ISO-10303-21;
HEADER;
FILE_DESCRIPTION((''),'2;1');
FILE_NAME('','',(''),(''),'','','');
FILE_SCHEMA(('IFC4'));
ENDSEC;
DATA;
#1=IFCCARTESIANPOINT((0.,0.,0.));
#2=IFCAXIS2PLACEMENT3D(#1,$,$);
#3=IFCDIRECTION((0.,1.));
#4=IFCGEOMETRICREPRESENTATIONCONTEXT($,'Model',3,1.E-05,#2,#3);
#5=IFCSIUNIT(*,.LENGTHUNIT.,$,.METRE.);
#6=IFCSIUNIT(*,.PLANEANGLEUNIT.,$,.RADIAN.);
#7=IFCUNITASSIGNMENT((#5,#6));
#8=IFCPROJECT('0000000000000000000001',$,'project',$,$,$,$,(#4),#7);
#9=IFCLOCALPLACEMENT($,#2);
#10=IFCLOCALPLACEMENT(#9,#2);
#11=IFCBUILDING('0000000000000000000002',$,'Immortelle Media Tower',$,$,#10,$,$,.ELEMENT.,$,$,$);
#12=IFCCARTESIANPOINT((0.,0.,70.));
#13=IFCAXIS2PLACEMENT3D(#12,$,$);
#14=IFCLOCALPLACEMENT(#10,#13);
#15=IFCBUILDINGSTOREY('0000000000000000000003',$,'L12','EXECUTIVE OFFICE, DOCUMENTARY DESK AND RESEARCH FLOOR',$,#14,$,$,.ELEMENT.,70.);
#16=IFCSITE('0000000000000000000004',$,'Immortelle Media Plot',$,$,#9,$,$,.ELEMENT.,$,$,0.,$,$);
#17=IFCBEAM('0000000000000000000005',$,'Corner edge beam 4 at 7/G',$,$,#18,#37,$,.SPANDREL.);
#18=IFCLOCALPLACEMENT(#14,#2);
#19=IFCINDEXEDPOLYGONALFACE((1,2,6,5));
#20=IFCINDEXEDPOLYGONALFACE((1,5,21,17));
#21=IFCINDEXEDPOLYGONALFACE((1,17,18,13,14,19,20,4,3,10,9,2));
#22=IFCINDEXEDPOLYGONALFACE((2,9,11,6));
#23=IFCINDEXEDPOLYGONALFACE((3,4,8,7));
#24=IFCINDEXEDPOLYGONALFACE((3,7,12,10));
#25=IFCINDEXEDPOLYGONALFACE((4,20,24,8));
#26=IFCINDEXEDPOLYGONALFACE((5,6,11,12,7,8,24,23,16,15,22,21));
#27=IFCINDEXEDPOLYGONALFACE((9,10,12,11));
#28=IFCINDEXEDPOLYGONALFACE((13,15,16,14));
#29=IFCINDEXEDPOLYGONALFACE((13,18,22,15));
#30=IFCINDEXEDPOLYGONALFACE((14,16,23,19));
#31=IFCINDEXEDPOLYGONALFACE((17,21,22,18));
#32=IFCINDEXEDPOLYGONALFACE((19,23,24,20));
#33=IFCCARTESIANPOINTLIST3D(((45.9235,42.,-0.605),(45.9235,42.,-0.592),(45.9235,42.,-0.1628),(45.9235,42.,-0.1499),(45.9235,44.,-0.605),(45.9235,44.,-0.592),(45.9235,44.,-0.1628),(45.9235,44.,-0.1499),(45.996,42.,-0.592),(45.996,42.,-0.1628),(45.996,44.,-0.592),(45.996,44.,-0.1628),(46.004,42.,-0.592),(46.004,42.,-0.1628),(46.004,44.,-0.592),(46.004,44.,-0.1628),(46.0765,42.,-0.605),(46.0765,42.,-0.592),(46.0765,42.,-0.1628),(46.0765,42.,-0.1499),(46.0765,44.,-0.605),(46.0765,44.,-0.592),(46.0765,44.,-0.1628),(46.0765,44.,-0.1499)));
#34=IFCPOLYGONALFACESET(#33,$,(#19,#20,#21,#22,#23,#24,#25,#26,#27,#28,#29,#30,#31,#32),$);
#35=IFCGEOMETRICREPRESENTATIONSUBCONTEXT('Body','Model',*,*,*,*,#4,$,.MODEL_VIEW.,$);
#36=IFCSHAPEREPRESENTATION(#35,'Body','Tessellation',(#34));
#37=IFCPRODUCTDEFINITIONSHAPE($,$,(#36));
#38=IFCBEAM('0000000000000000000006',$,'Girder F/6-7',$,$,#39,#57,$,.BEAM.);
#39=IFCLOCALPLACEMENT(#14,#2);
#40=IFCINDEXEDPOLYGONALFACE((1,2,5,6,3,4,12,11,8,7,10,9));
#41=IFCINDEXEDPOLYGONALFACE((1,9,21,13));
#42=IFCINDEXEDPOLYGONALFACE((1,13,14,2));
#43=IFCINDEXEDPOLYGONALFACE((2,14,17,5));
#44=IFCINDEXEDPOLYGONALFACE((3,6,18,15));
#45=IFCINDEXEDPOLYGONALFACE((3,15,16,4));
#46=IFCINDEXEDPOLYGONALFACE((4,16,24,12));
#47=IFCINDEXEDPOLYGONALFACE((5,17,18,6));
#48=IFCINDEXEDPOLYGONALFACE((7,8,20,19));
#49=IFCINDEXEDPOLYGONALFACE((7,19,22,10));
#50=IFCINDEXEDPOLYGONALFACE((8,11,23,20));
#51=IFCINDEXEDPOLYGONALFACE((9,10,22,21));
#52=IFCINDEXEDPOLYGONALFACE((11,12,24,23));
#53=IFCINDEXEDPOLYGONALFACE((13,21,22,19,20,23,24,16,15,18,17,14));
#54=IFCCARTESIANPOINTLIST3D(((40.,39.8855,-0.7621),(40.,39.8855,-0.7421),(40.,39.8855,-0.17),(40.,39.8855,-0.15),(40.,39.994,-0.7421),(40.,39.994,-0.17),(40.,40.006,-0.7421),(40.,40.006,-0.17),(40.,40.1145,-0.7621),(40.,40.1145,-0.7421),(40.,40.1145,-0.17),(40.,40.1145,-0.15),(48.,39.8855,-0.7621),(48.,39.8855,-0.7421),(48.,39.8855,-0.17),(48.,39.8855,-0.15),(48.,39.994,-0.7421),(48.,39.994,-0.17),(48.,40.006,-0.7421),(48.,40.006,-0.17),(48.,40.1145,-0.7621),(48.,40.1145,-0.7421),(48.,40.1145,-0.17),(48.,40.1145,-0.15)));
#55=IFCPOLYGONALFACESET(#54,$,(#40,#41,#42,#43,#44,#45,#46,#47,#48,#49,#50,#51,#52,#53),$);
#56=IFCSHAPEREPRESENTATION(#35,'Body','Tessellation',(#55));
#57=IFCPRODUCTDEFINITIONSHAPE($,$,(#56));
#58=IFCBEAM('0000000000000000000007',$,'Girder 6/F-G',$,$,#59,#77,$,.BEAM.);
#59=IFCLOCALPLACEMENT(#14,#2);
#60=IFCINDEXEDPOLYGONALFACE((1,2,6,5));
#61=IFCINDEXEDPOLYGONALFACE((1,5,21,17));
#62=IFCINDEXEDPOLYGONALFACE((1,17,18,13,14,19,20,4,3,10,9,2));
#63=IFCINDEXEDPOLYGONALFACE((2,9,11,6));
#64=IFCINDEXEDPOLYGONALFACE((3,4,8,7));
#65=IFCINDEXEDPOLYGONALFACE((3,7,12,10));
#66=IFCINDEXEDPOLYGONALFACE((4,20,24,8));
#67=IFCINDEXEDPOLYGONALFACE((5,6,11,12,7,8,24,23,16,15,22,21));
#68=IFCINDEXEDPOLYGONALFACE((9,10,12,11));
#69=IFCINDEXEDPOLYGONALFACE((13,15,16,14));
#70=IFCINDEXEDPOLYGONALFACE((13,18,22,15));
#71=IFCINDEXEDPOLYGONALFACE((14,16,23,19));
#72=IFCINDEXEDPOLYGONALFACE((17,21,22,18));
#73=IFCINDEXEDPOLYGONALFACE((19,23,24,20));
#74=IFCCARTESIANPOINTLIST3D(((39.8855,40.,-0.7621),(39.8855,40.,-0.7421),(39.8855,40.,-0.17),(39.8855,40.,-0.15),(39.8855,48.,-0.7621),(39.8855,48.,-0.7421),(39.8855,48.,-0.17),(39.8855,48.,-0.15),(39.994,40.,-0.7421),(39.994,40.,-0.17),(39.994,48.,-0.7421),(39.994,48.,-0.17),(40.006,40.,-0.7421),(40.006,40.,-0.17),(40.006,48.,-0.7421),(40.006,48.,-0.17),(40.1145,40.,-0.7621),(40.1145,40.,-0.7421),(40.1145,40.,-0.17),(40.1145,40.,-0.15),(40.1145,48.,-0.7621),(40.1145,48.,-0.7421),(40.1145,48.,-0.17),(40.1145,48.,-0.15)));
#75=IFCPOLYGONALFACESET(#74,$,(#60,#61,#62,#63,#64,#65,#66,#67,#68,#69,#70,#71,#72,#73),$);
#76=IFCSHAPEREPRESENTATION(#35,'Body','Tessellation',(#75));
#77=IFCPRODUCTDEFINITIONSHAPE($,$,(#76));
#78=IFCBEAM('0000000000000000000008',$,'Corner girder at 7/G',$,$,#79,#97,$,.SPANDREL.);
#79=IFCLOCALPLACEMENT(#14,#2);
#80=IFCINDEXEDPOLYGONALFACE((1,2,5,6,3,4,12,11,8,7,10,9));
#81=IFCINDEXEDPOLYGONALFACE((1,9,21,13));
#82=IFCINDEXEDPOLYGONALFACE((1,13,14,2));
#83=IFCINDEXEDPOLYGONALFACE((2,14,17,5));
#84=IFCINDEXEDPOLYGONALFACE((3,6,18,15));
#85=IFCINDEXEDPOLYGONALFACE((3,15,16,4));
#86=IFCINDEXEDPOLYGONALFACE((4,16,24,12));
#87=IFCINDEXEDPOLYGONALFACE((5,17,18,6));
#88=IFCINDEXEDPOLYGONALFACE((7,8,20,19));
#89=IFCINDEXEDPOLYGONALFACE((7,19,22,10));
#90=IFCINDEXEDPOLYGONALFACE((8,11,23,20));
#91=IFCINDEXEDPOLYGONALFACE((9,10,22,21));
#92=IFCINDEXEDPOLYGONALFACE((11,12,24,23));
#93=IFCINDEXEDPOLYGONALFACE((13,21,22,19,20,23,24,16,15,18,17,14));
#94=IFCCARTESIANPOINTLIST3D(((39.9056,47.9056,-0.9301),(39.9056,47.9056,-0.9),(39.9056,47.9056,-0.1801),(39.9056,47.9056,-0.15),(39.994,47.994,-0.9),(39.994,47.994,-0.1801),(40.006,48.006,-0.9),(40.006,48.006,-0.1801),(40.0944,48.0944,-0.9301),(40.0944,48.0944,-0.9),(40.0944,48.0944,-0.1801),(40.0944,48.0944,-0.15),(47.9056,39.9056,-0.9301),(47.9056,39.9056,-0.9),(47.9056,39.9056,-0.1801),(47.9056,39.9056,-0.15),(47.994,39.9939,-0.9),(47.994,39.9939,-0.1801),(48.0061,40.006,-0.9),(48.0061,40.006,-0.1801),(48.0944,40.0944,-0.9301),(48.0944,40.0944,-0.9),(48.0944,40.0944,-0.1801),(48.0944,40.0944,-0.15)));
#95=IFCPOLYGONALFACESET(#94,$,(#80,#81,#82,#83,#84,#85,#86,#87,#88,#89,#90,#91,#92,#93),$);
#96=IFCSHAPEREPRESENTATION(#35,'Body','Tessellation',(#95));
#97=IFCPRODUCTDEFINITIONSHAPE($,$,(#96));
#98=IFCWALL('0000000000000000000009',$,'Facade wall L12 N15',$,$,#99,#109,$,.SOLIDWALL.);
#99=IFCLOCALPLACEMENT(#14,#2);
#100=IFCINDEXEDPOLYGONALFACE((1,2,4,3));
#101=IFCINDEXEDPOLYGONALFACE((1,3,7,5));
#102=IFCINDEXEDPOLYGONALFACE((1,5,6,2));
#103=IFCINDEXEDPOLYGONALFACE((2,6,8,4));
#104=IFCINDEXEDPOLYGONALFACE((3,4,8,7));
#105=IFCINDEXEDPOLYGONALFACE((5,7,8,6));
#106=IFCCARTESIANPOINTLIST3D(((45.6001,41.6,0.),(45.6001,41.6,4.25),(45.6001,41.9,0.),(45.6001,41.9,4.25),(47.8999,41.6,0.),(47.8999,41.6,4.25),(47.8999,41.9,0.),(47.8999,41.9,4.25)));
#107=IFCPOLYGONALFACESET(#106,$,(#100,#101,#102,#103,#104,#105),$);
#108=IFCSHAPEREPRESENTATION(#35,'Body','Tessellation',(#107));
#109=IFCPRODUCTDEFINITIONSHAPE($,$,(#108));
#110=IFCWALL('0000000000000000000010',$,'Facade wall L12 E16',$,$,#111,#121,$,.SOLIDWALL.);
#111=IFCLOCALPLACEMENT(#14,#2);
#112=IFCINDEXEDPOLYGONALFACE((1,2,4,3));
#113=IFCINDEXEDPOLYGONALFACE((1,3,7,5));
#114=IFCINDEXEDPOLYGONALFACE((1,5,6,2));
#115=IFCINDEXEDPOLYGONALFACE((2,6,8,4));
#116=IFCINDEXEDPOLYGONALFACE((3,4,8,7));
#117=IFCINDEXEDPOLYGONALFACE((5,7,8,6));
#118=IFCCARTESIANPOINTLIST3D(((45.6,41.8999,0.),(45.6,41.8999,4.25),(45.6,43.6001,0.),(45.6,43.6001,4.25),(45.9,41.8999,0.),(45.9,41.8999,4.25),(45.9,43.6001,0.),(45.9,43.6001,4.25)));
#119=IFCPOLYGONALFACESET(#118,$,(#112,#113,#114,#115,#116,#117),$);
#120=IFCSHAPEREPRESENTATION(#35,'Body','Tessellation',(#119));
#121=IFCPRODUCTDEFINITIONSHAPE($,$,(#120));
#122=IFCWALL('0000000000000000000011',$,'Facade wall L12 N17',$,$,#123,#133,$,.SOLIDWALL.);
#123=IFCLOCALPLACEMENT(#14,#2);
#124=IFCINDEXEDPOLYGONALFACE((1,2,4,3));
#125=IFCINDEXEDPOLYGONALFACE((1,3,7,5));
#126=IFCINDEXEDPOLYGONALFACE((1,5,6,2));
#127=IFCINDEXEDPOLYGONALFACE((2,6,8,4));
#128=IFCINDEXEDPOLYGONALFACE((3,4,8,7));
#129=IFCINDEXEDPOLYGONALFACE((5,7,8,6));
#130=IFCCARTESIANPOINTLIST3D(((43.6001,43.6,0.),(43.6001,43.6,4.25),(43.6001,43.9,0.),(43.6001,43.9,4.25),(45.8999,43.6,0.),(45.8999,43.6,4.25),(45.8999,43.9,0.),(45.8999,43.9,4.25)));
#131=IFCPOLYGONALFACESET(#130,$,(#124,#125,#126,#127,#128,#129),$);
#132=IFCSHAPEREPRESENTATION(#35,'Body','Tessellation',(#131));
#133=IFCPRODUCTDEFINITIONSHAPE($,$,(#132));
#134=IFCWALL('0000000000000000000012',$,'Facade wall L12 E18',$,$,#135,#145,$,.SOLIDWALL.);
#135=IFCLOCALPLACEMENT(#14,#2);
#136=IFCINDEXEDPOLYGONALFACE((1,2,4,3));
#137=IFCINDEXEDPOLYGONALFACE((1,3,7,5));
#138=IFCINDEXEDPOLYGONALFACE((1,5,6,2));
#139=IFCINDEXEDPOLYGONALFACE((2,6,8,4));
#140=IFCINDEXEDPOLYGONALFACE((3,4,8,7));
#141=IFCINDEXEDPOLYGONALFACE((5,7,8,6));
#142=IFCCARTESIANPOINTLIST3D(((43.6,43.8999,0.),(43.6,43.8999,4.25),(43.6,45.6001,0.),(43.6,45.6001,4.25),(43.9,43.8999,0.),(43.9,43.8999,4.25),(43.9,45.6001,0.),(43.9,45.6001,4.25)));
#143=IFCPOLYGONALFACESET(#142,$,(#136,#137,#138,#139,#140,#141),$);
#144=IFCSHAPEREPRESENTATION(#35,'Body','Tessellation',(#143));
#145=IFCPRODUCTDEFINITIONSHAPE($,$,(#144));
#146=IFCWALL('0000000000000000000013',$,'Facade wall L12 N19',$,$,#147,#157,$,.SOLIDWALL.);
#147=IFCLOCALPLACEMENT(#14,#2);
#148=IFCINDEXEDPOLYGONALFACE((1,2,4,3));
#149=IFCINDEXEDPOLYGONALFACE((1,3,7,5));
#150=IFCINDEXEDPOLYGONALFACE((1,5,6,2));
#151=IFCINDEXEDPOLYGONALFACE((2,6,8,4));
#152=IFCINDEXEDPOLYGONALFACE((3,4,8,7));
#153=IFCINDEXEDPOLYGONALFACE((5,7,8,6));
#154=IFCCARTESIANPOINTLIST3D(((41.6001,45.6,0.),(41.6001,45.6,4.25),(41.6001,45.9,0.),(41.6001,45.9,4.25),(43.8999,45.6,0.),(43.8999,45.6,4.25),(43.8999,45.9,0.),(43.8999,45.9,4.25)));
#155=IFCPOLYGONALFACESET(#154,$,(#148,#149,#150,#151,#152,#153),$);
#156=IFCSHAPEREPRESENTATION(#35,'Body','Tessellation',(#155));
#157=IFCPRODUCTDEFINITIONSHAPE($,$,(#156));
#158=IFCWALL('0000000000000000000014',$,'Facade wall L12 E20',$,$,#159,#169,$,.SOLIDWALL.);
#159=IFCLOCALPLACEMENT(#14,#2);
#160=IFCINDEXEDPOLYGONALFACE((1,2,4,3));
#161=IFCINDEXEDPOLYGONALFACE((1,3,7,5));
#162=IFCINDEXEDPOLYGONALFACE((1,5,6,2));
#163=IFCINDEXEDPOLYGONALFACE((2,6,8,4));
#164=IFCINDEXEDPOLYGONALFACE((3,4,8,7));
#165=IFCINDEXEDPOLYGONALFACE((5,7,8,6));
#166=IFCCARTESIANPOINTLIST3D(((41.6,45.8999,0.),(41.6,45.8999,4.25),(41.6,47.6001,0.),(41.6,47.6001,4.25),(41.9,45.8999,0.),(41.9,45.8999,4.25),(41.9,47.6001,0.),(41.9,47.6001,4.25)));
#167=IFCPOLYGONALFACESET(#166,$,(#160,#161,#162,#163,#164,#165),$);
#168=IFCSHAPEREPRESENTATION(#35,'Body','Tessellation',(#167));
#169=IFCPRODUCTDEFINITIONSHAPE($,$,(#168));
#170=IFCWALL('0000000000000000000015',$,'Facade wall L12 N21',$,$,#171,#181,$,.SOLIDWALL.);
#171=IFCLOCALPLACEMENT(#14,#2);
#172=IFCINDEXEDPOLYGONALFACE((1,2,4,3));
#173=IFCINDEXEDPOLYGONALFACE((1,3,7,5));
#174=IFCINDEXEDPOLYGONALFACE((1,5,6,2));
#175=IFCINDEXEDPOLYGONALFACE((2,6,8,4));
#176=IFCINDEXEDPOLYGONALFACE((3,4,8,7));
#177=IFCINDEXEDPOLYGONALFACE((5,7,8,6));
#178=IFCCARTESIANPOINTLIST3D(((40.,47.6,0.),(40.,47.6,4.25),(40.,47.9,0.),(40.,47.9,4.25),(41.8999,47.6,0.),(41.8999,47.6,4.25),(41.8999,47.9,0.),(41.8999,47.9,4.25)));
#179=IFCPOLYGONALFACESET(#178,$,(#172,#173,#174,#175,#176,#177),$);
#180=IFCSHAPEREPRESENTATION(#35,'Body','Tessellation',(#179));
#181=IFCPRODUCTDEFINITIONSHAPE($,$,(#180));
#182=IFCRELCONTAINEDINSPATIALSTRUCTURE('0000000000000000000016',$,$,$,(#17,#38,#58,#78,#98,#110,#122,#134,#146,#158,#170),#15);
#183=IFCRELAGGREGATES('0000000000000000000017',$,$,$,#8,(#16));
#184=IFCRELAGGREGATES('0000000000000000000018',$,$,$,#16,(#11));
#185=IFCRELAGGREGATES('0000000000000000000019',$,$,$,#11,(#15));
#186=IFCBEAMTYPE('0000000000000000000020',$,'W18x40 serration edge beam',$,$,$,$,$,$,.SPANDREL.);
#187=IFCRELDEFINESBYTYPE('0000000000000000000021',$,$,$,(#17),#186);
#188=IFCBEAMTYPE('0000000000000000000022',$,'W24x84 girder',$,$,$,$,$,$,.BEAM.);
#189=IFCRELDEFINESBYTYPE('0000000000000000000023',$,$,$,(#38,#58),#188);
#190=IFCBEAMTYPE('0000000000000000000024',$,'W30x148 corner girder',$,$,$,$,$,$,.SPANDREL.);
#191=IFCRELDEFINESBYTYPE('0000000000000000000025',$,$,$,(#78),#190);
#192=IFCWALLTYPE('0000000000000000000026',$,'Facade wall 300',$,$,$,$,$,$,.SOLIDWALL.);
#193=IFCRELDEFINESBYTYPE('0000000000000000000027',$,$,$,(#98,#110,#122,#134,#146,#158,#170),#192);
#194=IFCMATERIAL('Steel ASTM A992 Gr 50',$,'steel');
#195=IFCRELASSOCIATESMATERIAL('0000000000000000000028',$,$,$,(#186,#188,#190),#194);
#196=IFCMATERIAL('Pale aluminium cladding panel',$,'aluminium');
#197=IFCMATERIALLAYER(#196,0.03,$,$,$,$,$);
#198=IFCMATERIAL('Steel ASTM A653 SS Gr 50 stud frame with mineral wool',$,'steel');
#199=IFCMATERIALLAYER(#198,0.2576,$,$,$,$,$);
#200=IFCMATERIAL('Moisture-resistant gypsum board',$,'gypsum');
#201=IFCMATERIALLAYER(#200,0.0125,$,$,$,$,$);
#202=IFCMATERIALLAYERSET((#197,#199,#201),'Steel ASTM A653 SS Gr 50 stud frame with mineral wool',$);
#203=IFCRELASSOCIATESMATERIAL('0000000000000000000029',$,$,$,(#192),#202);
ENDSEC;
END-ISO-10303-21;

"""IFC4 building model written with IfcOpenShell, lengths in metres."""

from ifc_helpers import new_model, si_unit, direction, frame, frame_2d, origin, origin_2d, place, context, subcontext, project, spatial, rectangle, i_section, extrude, material, layer, layer_set, material_profile, profile_set, type_object, element, save


model = new_model("IFC4")

# Units and contexts
model_context = context("Model", 3, precision=1e-05, world=origin(), true_north=direction((0.0, 1.0)))
body_context = subcontext(model_context, "Body", "Model", "MODEL_VIEW")
ifc_project = project(units=[si_unit("LENGTHUNIT", "METRE"), si_unit("PLANEANGLEUNIT", "RADIAN")], contexts=[model_context])

# Site, building, storey
site_placement = place(None, origin())
site = spatial("IfcSite", under=ifc_project, at=site_placement, Name="Immortelle Media Plot", CompositionType="ELEMENT", RefElevation=0.0)
building_placement = place(site_placement, origin())
building = spatial("IfcBuilding", under=site, at=building_placement, Name="Immortelle Media Tower", CompositionType="ELEMENT")
storey_placement = place(building_placement, frame((0.0, 0.0, 70.0)))
storey = spatial("IfcBuildingStorey", under=building, at=storey_placement, Name="L12", Description="EXECUTIVE OFFICE, DOCUMENTARY DESK AND RESEARCH FLOOR", CompositionType="ELEMENT", Elevation=70.0)

# Shared definitions
ifc_material_1 = material(Name="Steel ASTM A992 Gr 50", Category="steel")

# Beams
ifc_material_profile_1 = material_profile(ifc_material_1, i_section(OverallWidth=0.1531, OverallDepth=0.4551, WebThickness=0.0081, FlangeThickness=0.0129, at=origin_2d()), Name="W18x40")
ifc_profile_set_1 = profile_set([ifc_material_profile_1], Name="Steel ASTM A992 Gr 50")
beam_type_1 = type_object("IfcBeamType", Name="W18x40 serration edge beam", PredefinedType="SPANDREL", material=ifc_profile_set_1)
for number, where, z_axis, x_axis, name in (
    (1, (46.0, 44.0, -0.3774), (0.0, -1.0, 0.0), (1.0, 0.0, 0.0), "Corner edge beam 4 at 7/G"),
):
    element("IfcBeam", number, at=place(storey_placement, frame(where, z_axis=z_axis, x_axis=x_axis)), inside=storey, type_object=beam_type_1, Name=name, PredefinedType="SPANDREL", context=body_context, shape_type="SweptSolid", body=[
        extrude(i_section(OverallWidth=0.1531, OverallDepth=0.4551, WebThickness=0.0081, FlangeThickness=0.0129, at=origin_2d()), origin(), (0.0, 0.0, 1.0), 2.0),
    ])
ifc_material_profile_2 = material_profile(ifc_material_1, i_section(OverallWidth=0.229, OverallDepth=0.6121, WebThickness=0.012, FlangeThickness=0.02, at=origin_2d()), Name="W24x84")
ifc_profile_set_2 = profile_set([ifc_material_profile_2], Name="Steel ASTM A992 Gr 50")
beam_type_2 = type_object("IfcBeamType", Name="W24x84 girder", PredefinedType="BEAM", material=ifc_profile_set_2)
for number, where, z_axis, x_axis, name in (
    (2, (40.0, 40.0, -0.4561), (1.0, 0.0, 0.0), (0.0, 1.0, 0.0), "Girder F/6-7"),
    (3, (40.0, 40.0, -0.4561), (0.0, 1.0, 0.0), (-1.0, 0.0, 0.0), "Girder 6/F-G"),
):
    element("IfcBeam", number, at=place(storey_placement, frame(where, z_axis=z_axis, x_axis=x_axis)), inside=storey, type_object=beam_type_2, Name=name, PredefinedType="BEAM", context=body_context, shape_type="SweptSolid", body=[
        extrude(i_section(OverallWidth=0.229, OverallDepth=0.6121, WebThickness=0.012, FlangeThickness=0.02, at=origin_2d()), origin(), (0.0, 0.0, 1.0), 8.0),
    ])
ifc_material_profile_3 = material_profile(ifc_material_1, i_section(OverallWidth=0.2671, OverallDepth=0.78, WebThickness=0.0171, FlangeThickness=0.03, at=origin_2d()), Name="W30x148")
ifc_profile_set_3 = profile_set([ifc_material_profile_3], Name="Steel ASTM A992 Gr 50")
beam_type_3 = type_object("IfcBeamType", Name="W30x148 corner girder", PredefinedType="SPANDREL", material=ifc_profile_set_3)
beam_1_placement = place(storey_placement, frame((40.0, 48.0, -0.54), z_axis=(0.707107, -0.707107, 0.0), x_axis=(0.707107, 0.707107, 0.0)))
element("IfcBeam", 4, at=beam_1_placement, inside=storey, type_object=beam_type_3, Name="Corner girder at 7/G", PredefinedType="SPANDREL", context=body_context, shape_type="SweptSolid", body=[
    extrude(i_section(OverallWidth=0.2671, OverallDepth=0.78, WebThickness=0.0171, FlangeThickness=0.03, at=origin_2d()), origin(), (0.0, 0.0, 1.0), 11.3137),
])

# Walls
ifc_material_2 = material(Name="Pale aluminium cladding panel", Category="aluminium")
ifc_layer_1 = layer(ifc_material_2, 0.03)
ifc_material_3 = material(Name="Steel ASTM A653 SS Gr 50 stud frame with mineral wool", Category="steel")
ifc_layer_2 = layer(ifc_material_3, 0.2576)
ifc_material_4 = material(Name="Moisture-resistant gypsum board", Category="gypsum")
ifc_layer_3 = layer(ifc_material_4, 0.0125)
ifc_layer_set_1 = layer_set([ifc_layer_1, ifc_layer_2, ifc_layer_3], Name="Steel ASTM A653 SS Gr 50 stud frame with mineral wool")
wall_type_1 = type_object("IfcWallType", Name="Facade wall 300", PredefinedType="SOLIDWALL", material=ifc_layer_set_1)
wall_1_placement = place(storey_placement, frame((47.8999, 41.75, 0.0), z_axis=(0.0, 0.0, 1.0), x_axis=(-1.0, 0.0, 0.0)))
element("IfcWall", 5, at=wall_1_placement, inside=storey, type_object=wall_type_1, Name="Facade wall L12 N15", PredefinedType="SOLIDWALL", context=body_context, shape_type="SweptSolid", body=[
    extrude(rectangle(XDim=2.2998, YDim=0.3, at=frame_2d((1.1499, 0.0))), origin(), (0.0, 0.0, 1.0), 4.25),
])
wall_2_placement = place(storey_placement, frame((45.75, 41.8999, 0.0), z_axis=(0.0, 0.0, 1.0), x_axis=(0.0, 1.0, 0.0)))
element("IfcWall", 6, at=wall_2_placement, inside=storey, type_object=wall_type_1, Name="Facade wall L12 E16", PredefinedType="SOLIDWALL", context=body_context, shape_type="SweptSolid", body=[
    extrude(rectangle(XDim=1.7002, YDim=0.3, at=frame_2d((0.8501, 0.0))), origin(), (0.0, 0.0, 1.0), 4.25),
])
wall_3_placement = place(storey_placement, frame((45.8999, 43.75, 0.0), z_axis=(0.0, 0.0, 1.0), x_axis=(-1.0, 0.0, 0.0)))
element("IfcWall", 7, at=wall_3_placement, inside=storey, type_object=wall_type_1, Name="Facade wall L12 N17", PredefinedType="SOLIDWALL", context=body_context, shape_type="SweptSolid", body=[
    extrude(rectangle(XDim=2.2998, YDim=0.3, at=frame_2d((1.1499, 0.0))), origin(), (0.0, 0.0, 1.0), 4.25),
])
wall_4_placement = place(storey_placement, frame((43.75, 43.8999, 0.0), z_axis=(0.0, 0.0, 1.0), x_axis=(0.0, 1.0, 0.0)))
element("IfcWall", 8, at=wall_4_placement, inside=storey, type_object=wall_type_1, Name="Facade wall L12 E18", PredefinedType="SOLIDWALL", context=body_context, shape_type="SweptSolid", body=[
    extrude(rectangle(XDim=1.7002, YDim=0.3, at=frame_2d((0.8501, 0.0))), origin(), (0.0, 0.0, 1.0), 4.25),
])
wall_5_placement = place(storey_placement, frame((43.8999, 45.75, 0.0), z_axis=(0.0, 0.0, 1.0), x_axis=(-1.0, 0.0, 0.0)))
element("IfcWall", 9, at=wall_5_placement, inside=storey, type_object=wall_type_1, Name="Facade wall L12 N19", PredefinedType="SOLIDWALL", context=body_context, shape_type="SweptSolid", body=[
    extrude(rectangle(XDim=2.2998, YDim=0.3, at=frame_2d((1.1499, 0.0))), origin(), (0.0, 0.0, 1.0), 4.25),
])
wall_6_placement = place(storey_placement, frame((41.75, 45.8999, 0.0), z_axis=(0.0, 0.0, 1.0), x_axis=(0.0, 1.0, 0.0)))
element("IfcWall", 10, at=wall_6_placement, inside=storey, type_object=wall_type_1, Name="Facade wall L12 E20", PredefinedType="SOLIDWALL", context=body_context, shape_type="SweptSolid", body=[
    extrude(rectangle(XDim=1.7002, YDim=0.3, at=frame_2d((0.8501, 0.0))), origin(), (0.0, 0.0, 1.0), 4.25),
])
wall_7_placement = place(storey_placement, frame((41.8999, 47.75, 0.0), z_axis=(0.0, 0.0, 1.0), x_axis=(-1.0, 0.0, 0.0)))
element("IfcWall", 11, at=wall_7_placement, inside=storey, type_object=wall_type_1, Name="Facade wall L12 N21", PredefinedType="SOLIDWALL", context=body_context, shape_type="SweptSolid", body=[
    extrude(rectangle(XDim=1.8999, YDim=0.3, at=frame_2d((0.95, 0.0))), origin(), (0.0, 0.0, 1.0), 4.25),
])

save(model, "model.ifc")
